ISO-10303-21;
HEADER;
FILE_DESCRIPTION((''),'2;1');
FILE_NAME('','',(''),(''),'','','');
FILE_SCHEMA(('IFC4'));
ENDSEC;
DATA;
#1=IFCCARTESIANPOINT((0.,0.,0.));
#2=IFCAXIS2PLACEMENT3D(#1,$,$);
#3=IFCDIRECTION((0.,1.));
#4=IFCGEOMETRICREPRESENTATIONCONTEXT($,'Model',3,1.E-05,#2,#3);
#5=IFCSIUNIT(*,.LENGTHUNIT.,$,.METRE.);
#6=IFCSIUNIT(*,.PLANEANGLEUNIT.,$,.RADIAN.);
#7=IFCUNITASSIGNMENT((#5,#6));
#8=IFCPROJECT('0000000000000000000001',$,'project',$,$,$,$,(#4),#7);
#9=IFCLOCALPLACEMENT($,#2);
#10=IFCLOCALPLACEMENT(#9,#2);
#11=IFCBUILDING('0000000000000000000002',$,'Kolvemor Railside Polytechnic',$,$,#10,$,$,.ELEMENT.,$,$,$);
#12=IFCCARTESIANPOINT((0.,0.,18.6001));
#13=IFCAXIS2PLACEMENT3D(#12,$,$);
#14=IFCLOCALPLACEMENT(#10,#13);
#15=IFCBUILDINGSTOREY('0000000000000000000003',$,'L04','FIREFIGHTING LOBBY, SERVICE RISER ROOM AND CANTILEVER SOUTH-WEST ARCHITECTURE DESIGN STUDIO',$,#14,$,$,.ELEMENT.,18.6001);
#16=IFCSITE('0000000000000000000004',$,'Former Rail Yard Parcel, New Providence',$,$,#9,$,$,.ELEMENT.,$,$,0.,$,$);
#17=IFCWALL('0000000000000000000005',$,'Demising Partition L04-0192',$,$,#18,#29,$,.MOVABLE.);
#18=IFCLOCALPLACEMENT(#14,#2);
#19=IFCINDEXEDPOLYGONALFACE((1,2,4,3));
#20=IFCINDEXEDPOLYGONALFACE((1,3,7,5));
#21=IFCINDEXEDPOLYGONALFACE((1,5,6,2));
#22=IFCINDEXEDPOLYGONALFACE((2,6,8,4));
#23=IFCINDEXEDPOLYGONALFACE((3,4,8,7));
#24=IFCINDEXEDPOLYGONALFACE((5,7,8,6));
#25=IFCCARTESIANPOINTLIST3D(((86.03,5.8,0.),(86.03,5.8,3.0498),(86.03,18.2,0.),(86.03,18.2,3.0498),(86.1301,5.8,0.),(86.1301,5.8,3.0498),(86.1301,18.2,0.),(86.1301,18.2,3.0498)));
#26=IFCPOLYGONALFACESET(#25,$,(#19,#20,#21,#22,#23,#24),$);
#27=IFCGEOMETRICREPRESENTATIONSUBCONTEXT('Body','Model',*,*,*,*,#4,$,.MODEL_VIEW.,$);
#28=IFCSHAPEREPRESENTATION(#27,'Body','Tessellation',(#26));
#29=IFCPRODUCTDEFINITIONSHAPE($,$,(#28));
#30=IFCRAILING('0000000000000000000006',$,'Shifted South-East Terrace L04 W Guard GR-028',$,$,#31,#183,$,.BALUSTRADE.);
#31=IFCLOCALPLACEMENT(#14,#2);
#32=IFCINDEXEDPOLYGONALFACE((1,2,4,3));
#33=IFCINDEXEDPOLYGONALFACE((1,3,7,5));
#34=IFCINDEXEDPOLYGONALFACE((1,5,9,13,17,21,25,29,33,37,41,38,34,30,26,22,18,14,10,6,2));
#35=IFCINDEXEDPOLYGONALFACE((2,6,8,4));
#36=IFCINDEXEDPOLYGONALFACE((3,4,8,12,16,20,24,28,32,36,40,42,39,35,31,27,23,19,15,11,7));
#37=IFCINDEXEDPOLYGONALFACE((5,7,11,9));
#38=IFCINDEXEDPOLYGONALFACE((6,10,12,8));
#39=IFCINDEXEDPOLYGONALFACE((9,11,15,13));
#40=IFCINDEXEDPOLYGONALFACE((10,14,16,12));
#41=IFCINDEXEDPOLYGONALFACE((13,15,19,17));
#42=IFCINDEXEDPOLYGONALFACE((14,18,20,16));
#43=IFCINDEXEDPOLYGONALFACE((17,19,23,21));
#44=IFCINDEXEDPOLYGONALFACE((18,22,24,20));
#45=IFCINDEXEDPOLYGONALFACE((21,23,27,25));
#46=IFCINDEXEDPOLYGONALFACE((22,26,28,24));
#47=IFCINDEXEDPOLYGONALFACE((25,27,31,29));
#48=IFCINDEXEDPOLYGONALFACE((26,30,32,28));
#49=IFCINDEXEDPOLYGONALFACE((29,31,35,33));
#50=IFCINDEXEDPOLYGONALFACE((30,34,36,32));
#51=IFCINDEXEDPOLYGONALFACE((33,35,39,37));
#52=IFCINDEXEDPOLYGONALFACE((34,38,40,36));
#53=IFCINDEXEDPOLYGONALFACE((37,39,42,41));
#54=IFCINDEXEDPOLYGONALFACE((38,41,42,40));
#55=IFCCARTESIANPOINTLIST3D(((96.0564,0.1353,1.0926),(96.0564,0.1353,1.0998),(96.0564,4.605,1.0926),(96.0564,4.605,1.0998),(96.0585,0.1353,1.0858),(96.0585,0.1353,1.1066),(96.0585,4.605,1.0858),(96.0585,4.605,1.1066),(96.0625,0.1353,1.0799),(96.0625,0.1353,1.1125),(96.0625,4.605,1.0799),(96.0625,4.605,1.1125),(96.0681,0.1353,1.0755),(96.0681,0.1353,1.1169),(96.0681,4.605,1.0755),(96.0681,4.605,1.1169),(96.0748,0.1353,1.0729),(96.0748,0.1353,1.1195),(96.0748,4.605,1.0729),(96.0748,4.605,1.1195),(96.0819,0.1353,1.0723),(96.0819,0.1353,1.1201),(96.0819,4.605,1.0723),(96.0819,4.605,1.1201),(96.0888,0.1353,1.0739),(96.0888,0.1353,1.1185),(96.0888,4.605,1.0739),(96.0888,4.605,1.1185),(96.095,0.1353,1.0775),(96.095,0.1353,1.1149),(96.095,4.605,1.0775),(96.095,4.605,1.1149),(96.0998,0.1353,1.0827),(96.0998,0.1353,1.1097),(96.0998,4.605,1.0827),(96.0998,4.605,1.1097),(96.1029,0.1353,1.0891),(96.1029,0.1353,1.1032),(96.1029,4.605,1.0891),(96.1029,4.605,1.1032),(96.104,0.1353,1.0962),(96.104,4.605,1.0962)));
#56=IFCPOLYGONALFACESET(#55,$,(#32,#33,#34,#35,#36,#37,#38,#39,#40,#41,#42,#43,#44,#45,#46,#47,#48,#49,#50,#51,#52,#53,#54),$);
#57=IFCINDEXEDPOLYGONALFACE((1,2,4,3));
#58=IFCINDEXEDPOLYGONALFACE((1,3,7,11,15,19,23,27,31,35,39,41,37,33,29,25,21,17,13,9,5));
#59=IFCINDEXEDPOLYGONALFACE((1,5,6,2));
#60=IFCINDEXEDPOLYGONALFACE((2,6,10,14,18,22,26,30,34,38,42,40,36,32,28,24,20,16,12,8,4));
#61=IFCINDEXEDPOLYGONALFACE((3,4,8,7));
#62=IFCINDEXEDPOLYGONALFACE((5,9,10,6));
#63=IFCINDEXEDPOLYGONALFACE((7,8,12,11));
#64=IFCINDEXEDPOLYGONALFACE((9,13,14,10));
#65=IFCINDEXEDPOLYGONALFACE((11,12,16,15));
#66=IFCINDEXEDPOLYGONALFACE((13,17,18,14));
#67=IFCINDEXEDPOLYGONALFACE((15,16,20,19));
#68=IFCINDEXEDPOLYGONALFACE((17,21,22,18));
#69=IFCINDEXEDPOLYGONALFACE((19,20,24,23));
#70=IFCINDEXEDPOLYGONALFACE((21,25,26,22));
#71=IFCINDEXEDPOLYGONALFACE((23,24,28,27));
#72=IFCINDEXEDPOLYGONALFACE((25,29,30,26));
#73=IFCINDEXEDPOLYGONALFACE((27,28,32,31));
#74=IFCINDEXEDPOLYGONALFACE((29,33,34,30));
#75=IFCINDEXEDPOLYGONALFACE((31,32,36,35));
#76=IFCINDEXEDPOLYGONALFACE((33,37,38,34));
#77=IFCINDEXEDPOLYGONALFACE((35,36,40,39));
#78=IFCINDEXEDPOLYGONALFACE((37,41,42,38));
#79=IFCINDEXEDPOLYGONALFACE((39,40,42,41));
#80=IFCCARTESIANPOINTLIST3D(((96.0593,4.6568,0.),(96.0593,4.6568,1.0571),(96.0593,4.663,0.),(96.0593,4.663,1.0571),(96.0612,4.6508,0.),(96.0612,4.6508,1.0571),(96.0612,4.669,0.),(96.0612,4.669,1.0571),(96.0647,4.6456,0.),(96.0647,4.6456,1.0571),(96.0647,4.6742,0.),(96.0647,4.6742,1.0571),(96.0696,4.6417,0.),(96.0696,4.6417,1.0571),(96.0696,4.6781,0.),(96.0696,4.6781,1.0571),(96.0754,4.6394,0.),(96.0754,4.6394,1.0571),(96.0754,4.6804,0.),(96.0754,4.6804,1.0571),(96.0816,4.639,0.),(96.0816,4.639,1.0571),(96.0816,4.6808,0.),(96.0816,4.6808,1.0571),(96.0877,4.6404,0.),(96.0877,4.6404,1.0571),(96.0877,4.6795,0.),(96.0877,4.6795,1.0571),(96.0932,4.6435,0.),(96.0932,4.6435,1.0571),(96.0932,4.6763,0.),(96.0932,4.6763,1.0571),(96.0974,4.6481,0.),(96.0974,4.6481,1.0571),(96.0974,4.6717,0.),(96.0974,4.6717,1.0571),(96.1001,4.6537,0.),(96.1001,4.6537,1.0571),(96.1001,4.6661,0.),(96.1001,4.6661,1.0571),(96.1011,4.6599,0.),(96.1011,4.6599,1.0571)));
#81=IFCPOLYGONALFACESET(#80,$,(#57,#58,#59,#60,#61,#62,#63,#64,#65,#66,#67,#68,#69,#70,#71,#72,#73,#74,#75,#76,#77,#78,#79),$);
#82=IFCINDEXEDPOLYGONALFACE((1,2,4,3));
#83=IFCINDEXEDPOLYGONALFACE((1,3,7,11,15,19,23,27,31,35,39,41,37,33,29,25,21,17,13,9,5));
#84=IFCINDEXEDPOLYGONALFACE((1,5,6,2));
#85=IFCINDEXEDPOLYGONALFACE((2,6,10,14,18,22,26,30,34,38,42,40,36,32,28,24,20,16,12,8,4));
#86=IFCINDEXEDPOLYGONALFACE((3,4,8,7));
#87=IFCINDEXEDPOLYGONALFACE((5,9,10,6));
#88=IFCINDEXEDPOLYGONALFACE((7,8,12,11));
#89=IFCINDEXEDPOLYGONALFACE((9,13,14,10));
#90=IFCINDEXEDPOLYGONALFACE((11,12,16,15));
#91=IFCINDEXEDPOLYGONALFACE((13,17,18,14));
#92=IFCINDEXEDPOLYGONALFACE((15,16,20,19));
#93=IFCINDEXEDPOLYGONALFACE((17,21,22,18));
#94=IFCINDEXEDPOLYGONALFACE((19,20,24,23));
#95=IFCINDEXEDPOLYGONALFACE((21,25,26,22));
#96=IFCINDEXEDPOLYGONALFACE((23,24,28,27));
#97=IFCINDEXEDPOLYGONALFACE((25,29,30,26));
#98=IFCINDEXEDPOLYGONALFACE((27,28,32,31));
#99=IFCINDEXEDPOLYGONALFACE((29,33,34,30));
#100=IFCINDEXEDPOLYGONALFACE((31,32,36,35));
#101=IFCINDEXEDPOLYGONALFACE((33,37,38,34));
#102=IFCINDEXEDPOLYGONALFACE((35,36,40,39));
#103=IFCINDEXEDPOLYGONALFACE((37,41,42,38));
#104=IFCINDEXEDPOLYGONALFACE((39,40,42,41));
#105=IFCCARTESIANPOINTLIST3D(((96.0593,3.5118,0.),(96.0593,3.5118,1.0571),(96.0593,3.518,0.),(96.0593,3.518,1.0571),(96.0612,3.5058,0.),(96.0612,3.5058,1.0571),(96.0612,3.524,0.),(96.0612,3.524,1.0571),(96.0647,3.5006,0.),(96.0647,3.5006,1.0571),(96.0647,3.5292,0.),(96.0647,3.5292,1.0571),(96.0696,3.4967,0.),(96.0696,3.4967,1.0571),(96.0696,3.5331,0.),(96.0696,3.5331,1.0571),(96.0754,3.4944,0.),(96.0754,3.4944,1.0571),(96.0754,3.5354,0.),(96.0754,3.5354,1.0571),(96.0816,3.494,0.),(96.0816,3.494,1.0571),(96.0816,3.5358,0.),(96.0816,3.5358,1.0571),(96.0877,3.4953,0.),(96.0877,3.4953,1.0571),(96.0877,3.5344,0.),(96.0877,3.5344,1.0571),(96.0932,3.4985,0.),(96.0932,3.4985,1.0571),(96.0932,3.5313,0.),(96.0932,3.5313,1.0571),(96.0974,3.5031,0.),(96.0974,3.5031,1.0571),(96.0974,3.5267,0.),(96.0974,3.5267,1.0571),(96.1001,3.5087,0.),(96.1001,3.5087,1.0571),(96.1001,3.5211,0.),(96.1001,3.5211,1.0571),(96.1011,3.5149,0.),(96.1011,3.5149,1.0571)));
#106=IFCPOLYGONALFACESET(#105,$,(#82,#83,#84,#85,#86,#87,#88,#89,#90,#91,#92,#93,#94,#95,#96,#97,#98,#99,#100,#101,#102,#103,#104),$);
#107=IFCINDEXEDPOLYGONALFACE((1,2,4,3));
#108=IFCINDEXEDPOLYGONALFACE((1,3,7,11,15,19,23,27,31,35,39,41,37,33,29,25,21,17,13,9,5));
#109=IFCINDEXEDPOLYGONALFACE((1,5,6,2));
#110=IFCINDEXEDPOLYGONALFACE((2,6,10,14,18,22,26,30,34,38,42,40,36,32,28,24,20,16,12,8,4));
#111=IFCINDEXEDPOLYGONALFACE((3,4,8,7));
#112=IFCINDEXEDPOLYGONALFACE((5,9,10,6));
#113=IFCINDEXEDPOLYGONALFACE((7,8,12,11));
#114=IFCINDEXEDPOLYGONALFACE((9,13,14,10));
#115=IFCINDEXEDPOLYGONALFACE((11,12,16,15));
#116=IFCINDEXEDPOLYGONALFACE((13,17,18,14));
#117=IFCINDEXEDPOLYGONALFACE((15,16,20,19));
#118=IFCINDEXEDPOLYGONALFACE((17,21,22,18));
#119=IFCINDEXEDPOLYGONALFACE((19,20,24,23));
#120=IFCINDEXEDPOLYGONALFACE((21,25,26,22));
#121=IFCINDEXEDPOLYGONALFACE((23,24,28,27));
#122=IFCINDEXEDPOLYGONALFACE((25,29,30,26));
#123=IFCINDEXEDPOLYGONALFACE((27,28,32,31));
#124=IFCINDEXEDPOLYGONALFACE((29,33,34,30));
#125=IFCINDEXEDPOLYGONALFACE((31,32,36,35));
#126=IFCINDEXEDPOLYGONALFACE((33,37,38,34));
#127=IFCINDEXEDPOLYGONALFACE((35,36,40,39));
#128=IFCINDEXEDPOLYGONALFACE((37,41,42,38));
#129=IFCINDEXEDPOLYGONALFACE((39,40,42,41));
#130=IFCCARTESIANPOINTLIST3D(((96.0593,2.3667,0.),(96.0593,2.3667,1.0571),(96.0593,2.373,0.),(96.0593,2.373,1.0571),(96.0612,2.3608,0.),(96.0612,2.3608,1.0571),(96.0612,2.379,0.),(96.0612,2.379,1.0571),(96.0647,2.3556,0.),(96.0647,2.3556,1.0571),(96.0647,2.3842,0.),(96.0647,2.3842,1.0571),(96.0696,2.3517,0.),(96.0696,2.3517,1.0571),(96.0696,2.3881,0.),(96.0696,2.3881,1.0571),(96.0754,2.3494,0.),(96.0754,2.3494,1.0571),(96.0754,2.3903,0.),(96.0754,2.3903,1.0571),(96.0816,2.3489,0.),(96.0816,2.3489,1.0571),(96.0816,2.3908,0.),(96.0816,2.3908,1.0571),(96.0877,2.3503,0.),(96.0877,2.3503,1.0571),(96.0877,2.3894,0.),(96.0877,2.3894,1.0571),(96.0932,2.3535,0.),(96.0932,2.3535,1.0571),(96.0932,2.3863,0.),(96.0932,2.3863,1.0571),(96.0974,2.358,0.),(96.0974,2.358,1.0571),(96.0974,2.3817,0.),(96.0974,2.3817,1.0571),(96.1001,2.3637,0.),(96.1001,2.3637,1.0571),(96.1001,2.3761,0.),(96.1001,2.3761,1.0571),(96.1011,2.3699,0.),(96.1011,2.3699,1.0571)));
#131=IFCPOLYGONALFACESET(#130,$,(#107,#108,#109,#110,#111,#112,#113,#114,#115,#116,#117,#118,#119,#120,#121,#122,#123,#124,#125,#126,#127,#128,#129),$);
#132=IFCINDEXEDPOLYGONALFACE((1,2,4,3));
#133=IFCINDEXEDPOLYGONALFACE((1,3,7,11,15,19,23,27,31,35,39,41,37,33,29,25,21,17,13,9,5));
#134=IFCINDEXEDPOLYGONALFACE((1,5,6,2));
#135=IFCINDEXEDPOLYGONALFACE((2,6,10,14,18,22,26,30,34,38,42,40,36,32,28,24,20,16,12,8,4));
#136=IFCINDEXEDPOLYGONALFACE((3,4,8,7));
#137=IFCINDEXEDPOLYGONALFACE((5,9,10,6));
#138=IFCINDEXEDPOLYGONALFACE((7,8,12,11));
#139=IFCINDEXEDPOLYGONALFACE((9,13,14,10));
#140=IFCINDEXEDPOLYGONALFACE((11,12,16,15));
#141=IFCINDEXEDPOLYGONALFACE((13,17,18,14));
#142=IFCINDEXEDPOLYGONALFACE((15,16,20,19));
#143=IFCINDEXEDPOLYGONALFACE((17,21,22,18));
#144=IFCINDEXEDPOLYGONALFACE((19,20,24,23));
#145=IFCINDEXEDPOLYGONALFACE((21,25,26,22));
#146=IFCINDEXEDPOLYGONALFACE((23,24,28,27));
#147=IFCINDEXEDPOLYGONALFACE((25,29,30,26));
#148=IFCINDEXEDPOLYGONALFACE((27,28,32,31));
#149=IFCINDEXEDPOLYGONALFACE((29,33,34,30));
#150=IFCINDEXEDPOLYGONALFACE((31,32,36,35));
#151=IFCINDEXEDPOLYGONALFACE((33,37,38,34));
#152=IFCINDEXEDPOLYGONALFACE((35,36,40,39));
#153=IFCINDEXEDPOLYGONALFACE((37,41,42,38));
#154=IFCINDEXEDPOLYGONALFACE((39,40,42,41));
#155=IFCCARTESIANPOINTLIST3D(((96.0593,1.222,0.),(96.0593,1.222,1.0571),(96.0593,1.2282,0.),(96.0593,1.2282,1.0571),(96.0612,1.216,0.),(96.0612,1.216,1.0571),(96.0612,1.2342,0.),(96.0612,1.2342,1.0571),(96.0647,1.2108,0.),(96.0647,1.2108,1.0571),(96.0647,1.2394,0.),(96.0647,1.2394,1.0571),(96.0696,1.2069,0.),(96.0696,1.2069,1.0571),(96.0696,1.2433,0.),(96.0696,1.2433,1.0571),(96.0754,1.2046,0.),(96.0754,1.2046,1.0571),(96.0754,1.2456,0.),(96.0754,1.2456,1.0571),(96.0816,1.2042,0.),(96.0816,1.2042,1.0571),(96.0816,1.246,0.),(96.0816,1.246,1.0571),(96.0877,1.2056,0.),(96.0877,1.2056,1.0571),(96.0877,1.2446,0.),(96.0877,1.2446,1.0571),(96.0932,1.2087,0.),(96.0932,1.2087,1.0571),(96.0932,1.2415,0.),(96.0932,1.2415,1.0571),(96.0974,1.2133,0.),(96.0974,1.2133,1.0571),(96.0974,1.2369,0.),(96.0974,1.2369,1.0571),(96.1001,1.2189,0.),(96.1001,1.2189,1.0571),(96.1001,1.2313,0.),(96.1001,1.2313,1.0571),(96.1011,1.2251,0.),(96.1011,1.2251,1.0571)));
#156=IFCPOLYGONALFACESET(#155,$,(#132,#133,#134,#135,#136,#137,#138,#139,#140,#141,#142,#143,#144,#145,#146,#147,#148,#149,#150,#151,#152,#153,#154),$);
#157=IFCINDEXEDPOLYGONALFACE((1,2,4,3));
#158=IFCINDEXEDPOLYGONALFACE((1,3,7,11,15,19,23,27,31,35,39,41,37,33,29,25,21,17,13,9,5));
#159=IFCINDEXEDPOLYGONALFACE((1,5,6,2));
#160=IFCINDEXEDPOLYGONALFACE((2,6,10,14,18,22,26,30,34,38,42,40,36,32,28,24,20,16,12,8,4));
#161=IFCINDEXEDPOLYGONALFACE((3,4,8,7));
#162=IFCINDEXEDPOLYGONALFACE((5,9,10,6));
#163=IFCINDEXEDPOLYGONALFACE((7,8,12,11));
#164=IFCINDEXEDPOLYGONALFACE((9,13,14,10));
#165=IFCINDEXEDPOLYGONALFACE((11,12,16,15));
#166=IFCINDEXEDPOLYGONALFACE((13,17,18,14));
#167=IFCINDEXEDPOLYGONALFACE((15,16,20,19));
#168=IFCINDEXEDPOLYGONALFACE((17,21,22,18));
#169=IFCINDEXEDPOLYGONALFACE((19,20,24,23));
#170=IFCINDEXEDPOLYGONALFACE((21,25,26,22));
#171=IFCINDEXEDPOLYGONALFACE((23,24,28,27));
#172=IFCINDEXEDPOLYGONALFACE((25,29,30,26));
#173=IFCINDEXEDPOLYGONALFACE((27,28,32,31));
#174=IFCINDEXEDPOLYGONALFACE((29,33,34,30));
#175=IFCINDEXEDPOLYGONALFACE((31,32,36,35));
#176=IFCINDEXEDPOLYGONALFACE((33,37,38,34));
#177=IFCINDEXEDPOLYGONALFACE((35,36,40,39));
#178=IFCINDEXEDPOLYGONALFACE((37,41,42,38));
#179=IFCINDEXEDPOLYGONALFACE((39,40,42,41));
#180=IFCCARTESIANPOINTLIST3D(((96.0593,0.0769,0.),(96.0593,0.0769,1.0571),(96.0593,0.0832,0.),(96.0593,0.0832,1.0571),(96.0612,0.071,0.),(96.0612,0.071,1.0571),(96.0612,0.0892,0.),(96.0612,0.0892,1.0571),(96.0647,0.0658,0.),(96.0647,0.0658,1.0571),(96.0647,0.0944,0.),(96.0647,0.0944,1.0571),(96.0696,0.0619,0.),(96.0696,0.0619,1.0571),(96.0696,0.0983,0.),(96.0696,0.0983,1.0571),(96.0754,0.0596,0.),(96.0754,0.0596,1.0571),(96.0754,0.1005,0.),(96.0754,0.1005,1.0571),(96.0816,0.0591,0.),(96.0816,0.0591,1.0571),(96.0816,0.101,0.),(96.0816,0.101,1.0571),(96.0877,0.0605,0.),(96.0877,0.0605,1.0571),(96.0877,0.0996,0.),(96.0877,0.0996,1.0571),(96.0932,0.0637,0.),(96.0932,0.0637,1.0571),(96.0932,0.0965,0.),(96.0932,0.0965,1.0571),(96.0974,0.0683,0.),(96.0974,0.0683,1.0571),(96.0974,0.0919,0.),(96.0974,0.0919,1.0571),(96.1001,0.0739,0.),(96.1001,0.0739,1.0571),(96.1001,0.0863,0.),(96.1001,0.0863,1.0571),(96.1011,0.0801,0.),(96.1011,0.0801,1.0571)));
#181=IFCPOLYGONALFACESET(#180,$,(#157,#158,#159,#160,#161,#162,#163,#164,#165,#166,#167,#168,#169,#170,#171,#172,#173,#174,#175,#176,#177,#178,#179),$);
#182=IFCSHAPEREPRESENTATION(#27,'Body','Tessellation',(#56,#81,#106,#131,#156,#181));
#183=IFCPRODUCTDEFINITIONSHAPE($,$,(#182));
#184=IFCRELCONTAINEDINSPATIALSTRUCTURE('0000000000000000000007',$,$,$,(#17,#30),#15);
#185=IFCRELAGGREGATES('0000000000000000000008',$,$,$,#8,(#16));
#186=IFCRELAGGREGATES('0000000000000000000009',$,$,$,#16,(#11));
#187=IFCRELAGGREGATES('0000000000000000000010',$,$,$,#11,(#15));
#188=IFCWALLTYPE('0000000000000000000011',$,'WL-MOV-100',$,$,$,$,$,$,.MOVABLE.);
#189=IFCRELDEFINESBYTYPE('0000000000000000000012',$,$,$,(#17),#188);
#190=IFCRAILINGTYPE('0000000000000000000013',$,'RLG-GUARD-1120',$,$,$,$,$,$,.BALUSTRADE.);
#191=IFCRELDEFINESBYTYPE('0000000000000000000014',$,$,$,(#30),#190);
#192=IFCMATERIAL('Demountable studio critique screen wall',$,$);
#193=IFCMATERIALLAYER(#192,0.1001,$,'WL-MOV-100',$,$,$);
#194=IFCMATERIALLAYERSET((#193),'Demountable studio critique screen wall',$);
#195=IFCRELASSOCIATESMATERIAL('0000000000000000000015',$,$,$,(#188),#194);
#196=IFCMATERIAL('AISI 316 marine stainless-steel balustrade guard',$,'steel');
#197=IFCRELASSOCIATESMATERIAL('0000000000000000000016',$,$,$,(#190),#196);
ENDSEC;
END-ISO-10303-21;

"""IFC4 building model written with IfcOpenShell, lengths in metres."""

from ifc_helpers import new_model, si_unit, direction, frame, frame_2d, origin, origin_2d, place, context, subcontext, project, spatial, rectangle, circle, extrude, material, layer, layer_set, type_object, element, save


model = new_model("IFC4")

# Units and contexts
model_context = context("Model", 3, precision=1e-05, world=origin(), true_north=direction((0.0, 1.0)))
body_context = subcontext(model_context, "Body", "Model", "MODEL_VIEW")
ifc_project = project(units=[si_unit("LENGTHUNIT", "METRE"), si_unit("PLANEANGLEUNIT", "RADIAN")], contexts=[model_context])

# Site, building, storey
site_placement = place(None, origin())
site = spatial("IfcSite", under=ifc_project, at=site_placement, Name="Former Rail Yard Parcel, New Providence", CompositionType="ELEMENT", RefElevation=0.0)
building_placement = place(site_placement, origin())
building = spatial("IfcBuilding", under=site, at=building_placement, Name="Kolvemor Railside Polytechnic", CompositionType="ELEMENT")
storey_placement = place(building_placement, frame((0.0, 0.0, 18.6001)))
storey = spatial("IfcBuildingStorey", under=building, at=storey_placement, Name="L04", Description="FIREFIGHTING LOBBY, SERVICE RISER ROOM AND CANTILEVER SOUTH-WEST ARCHITECTURE DESIGN STUDIO", CompositionType="ELEMENT", Elevation=18.6001)

# Wall
ifc_material_1 = material(Name="Demountable studio critique screen wall")
ifc_layer_1 = layer(ifc_material_1, 0.1001, Name="WL-MOV-100")
ifc_layer_set_1 = layer_set([ifc_layer_1], Name="Demountable studio critique screen wall")
wall_type_1 = type_object("IfcWallType", Name="WL-MOV-100", PredefinedType="MOVABLE", material=ifc_layer_set_1)
wall_1_placement = place(storey_placement, frame((86.0801, 5.8, 0.0), z_axis=(0.0, 0.0, 1.0), x_axis=(0.0, 1.0, 0.0)))
element("IfcWall", 1, at=wall_1_placement, inside=storey, type_object=wall_type_1, Name="Demising Partition L04-0192", PredefinedType="MOVABLE", context=body_context, shape_type="SweptSolid", body=[
    extrude(rectangle(XDim=12.3999, YDim=0.1001, at=frame_2d((6.2, 0.0))), origin(), (0.0, 0.0, 1.0), 3.0498),
])

# Railing
ifc_material_2 = material(Name="AISI 316 marine stainless-steel balustrade guard", Category="steel")
railing_type = type_object("IfcRailingType", Name="RLG-GUARD-1120", PredefinedType="BALUSTRADE", material=ifc_material_2)
railing_1_placement = place(storey_placement, frame((96.0801, 4.6599, 0.0)))
element("IfcRailing", 2, at=railing_1_placement, inside=storey, type_object=railing_type, Name="Shifted South-East Terrace L04 W Guard GR-028", PredefinedType="BALUSTRADE", context=body_context, shape_type="SweptSolid", body=[
    extrude(circle(Radius=0.0239, at=origin_2d()), frame((0.0, -0.0549, 1.0962), z_axis=(0.0, -1.0, 0.0), x_axis=(1.0, 0.0, 0.0)), (0.0, 0.0, 1.0), 4.4697),
    extrude(circle(Radius=0.021, at=origin_2d()), origin(), (0.0, 0.0, 1.0), 1.0571),
    extrude(circle(Radius=0.021, at=origin_2d()), frame((0.0, -1.145, 0.0)), (0.0, 0.0, 1.0), 1.0571),
    extrude(circle(Radius=0.021, at=origin_2d()), frame((0.0, -2.29, 0.0)), (0.0, 0.0, 1.0), 1.0571),
    extrude(circle(Radius=0.021, at=origin_2d()), frame((0.0, -3.4348, 0.0)), (0.0, 0.0, 1.0), 1.0571),
    extrude(circle(Radius=0.021, at=origin_2d()), frame((0.0, -4.5798, 0.0)), (0.0, 0.0, 1.0), 1.0571),
])

save(model, "model.ifc")
